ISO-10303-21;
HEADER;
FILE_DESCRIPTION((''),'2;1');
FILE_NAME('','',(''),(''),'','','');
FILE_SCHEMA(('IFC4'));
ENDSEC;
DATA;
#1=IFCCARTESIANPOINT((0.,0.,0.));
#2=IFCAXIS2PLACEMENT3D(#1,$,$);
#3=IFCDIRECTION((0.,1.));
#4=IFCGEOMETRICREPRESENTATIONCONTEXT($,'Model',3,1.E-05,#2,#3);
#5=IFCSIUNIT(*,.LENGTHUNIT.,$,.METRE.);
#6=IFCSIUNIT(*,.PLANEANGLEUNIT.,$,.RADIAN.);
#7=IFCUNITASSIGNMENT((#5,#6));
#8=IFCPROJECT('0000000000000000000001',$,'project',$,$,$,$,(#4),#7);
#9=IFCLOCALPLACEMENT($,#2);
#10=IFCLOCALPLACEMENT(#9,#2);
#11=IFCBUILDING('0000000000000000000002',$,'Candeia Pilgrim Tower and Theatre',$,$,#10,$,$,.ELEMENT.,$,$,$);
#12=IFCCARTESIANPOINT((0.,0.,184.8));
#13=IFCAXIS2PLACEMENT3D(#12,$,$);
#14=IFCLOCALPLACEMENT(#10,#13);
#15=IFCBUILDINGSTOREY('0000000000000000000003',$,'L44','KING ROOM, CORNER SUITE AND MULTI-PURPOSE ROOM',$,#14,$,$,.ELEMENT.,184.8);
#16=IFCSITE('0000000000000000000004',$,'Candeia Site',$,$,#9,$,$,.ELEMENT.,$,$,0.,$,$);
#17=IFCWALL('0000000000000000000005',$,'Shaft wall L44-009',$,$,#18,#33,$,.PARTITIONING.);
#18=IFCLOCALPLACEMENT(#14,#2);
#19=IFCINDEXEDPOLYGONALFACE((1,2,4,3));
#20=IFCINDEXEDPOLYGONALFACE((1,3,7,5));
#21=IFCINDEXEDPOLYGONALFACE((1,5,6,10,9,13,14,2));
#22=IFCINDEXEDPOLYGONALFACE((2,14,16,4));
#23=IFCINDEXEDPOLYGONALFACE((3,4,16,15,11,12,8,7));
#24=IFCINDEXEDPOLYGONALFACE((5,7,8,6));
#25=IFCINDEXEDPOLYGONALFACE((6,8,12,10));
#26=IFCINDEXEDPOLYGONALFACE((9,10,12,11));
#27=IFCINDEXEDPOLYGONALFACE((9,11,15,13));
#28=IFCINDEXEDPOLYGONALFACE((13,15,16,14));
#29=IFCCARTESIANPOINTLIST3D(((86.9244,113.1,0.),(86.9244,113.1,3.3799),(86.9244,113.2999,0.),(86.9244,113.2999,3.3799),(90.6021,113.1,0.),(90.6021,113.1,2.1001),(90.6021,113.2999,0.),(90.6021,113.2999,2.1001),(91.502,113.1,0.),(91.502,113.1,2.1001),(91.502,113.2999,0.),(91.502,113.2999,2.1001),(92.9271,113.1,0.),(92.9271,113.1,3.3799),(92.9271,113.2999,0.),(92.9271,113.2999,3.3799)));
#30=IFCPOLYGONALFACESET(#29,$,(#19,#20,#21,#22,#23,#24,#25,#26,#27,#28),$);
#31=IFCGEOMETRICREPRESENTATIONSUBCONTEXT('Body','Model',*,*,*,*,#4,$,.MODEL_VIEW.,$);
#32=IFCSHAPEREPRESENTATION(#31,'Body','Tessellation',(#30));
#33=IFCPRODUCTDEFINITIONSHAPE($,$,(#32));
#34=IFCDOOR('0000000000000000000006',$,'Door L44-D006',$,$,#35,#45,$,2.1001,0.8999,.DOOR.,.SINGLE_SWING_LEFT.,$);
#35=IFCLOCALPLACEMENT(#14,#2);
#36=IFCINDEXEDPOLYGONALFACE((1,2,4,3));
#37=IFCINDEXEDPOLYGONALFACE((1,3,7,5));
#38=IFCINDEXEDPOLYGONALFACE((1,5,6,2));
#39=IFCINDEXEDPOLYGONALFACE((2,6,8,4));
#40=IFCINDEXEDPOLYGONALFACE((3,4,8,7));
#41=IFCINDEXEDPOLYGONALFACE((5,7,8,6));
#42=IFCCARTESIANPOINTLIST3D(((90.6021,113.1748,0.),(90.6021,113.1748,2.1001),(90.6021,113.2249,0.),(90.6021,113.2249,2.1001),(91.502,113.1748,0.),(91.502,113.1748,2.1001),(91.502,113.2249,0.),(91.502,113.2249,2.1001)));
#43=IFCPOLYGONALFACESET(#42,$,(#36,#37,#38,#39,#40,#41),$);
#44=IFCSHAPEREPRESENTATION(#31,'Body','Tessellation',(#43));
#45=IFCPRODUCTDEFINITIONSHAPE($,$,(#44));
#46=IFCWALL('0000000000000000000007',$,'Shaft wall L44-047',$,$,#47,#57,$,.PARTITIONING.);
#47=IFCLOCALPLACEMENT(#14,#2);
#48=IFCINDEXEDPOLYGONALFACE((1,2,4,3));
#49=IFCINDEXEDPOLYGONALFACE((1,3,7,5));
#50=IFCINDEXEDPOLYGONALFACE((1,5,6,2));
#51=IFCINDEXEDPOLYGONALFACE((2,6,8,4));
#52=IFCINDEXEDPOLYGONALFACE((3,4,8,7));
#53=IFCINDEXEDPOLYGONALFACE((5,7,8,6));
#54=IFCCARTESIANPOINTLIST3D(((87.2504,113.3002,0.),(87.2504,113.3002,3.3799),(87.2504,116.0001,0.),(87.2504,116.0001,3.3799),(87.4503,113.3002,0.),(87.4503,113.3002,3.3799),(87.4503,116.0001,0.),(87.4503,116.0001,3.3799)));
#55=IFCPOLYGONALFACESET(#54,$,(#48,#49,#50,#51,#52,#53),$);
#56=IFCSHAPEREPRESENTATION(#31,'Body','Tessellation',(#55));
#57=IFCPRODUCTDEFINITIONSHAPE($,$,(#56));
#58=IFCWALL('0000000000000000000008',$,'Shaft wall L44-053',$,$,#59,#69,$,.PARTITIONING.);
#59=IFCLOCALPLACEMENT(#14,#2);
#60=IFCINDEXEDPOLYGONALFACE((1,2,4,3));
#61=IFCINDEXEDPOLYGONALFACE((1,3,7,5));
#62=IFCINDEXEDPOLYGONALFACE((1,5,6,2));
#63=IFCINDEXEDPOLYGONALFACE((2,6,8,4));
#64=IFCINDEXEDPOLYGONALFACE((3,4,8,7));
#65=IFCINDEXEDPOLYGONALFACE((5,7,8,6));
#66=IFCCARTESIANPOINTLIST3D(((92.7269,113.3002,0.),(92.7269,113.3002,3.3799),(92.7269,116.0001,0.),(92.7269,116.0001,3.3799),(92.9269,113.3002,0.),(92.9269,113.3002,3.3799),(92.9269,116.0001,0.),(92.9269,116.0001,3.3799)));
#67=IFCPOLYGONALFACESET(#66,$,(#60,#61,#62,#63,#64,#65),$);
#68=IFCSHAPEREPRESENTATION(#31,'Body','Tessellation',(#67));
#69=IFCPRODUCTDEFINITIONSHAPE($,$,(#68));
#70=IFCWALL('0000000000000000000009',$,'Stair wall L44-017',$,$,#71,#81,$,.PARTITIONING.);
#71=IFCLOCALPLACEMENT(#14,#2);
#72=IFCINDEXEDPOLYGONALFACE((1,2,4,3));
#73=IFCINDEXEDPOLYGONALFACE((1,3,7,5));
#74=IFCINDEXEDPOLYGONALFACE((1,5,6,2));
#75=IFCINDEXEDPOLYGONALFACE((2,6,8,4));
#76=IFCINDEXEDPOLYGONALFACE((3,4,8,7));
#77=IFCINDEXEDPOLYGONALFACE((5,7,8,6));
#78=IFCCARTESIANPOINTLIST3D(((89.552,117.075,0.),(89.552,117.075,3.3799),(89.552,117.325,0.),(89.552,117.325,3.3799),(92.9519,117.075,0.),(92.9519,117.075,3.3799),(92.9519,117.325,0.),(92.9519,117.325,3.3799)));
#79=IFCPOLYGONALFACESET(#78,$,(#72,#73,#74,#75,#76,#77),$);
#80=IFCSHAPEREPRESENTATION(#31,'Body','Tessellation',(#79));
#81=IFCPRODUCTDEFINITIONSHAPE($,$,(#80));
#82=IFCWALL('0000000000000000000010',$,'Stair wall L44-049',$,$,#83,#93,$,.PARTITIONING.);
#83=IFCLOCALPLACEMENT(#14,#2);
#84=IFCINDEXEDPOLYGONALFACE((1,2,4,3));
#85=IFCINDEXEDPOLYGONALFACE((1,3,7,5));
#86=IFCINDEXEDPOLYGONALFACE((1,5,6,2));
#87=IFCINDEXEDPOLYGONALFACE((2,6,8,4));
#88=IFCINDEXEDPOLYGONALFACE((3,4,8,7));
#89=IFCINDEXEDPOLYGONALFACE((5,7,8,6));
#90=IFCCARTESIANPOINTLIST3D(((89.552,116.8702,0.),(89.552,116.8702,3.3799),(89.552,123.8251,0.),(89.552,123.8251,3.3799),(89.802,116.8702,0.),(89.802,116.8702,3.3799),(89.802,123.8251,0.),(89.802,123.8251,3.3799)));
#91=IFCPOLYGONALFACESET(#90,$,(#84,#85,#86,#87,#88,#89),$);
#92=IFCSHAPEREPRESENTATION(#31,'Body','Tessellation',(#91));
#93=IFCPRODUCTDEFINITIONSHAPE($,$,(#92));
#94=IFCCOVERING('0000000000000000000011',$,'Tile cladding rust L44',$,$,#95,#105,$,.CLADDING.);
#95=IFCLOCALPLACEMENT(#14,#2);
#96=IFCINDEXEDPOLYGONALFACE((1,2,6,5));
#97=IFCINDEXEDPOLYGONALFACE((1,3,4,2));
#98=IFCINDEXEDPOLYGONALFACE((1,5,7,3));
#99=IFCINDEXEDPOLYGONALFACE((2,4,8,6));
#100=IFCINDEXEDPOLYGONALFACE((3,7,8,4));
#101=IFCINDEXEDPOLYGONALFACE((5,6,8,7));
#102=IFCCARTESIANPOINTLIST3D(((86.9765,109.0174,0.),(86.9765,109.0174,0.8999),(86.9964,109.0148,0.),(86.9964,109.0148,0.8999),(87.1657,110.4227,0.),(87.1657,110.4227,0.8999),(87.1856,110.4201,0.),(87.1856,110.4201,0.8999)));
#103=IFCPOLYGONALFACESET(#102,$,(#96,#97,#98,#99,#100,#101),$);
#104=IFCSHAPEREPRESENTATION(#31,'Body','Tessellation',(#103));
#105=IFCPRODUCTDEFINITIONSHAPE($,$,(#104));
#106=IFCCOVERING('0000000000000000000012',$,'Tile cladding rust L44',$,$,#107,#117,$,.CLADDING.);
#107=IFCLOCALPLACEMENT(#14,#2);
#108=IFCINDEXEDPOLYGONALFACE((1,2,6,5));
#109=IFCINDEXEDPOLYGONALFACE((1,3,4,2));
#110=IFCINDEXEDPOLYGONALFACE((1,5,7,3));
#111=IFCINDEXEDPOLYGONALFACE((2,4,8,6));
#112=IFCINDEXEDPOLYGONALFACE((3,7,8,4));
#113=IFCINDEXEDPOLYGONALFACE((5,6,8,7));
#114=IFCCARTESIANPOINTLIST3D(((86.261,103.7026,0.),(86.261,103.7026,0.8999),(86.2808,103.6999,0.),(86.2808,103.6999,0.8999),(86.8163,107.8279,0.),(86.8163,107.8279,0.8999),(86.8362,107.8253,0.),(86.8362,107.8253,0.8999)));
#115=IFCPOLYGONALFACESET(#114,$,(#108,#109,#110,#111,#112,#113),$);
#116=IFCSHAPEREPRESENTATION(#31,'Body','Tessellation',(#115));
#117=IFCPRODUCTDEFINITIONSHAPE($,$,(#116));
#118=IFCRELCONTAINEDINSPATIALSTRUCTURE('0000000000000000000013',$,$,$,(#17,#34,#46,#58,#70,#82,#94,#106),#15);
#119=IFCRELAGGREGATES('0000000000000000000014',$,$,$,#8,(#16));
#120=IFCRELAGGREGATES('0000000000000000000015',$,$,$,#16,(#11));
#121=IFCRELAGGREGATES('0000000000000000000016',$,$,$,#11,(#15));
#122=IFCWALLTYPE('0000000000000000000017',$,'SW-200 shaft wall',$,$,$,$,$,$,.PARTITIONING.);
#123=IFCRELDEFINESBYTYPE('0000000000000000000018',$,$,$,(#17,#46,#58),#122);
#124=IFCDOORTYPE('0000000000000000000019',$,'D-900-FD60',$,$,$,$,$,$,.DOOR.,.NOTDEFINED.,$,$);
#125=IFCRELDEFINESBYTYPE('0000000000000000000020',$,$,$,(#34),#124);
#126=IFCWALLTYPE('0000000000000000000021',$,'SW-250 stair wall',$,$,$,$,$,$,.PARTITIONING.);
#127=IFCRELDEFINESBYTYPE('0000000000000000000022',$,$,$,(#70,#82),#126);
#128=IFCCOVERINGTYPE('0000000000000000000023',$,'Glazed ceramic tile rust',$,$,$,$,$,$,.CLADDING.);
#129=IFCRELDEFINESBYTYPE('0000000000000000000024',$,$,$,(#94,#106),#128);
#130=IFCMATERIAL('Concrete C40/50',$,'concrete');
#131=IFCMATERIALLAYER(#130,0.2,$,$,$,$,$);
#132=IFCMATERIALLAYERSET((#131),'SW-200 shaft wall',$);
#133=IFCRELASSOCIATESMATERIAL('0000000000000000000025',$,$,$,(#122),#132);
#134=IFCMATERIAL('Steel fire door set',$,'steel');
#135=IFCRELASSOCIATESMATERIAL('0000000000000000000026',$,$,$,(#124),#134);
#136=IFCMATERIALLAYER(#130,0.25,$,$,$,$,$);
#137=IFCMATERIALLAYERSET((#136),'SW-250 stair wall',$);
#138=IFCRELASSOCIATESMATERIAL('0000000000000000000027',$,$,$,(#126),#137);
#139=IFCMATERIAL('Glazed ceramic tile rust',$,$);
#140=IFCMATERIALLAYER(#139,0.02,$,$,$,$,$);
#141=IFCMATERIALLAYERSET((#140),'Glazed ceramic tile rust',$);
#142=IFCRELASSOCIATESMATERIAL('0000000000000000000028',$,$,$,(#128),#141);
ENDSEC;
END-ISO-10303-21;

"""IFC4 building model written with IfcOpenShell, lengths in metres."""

from ifc_helpers import new_model, si_unit, direction, frame, frame_2d, origin, origin_2d, place, context, subcontext, project, spatial, rectangle, extrude, material, layer, layer_set, type_object, element, fill, save


model = new_model("IFC4")

# Units and contexts
model_context = context("Model", 3, precision=1e-05, world=origin(), true_north=direction((0.0, 1.0)))
body_context = subcontext(model_context, "Body", "Model", "MODEL_VIEW")
ifc_project = project(units=[si_unit("LENGTHUNIT", "METRE"), si_unit("PLANEANGLEUNIT", "RADIAN")], contexts=[model_context])

# Site, building, storey
site_placement = place(None, origin())
site = spatial("IfcSite", under=ifc_project, at=site_placement, Name="Candeia Site", CompositionType="ELEMENT", RefElevation=0.0)
building_placement = place(site_placement, origin())
building = spatial("IfcBuilding", under=site, at=building_placement, Name="Candeia Pilgrim Tower and Theatre", CompositionType="ELEMENT")
storey_placement = place(building_placement, frame((0.0, 0.0, 184.8)))
storey = spatial("IfcBuildingStorey", under=building, at=storey_placement, Name="L44", Description="KING ROOM, CORNER SUITE AND MULTI-PURPOSE ROOM", CompositionType="ELEMENT", Elevation=184.8)

# Shared definitions
ifc_material_1 = material(Name="Steel fire door set", Category="steel")

# Wall, opening, door
ifc_material_2 = material(Name="Concrete C40/50", Category="concrete")
ifc_layer_1 = layer(ifc_material_2, 0.2)
ifc_layer_set_1 = layer_set([ifc_layer_1], Name="SW-200 shaft wall")
wall_type_1 = type_object("IfcWallType", Name="SW-200 shaft wall", PredefinedType="PARTITIONING", material=ifc_layer_set_1)
wall_1_placement = place(storey_placement, frame((86.9243, 113.2, 0.0), z_axis=(0.0, 0.0, 1.0), x_axis=(1.0, 0.0, 0.0)))
wall_1 = element("IfcWall", 1, at=wall_1_placement, inside=storey, type_object=wall_type_1, Name="Shaft wall L44-009", PredefinedType="PARTITIONING", context=body_context, shape_type="SweptSolid", body=[
    extrude(rectangle(XDim=6.0027, YDim=0.2, at=frame_2d((3.0015, 0.0))), origin(), (0.0, 0.0, 1.0), 3.3799),
])
opening_1_placement = place(wall_1_placement, frame((3.6777, 0.0, 0.0)))
opening_1 = element("IfcOpeningElement", 2, at=opening_1_placement, cuts=wall_1, PredefinedType="OPENING", context=body_context, shape_type="SweptSolid", body=[
    extrude(rectangle(XDim=0.8999, YDim=2.1001, at=frame_2d((0.45, 1.05))), frame((0.0, 0.1099, 0.0), z_axis=(0.0, -1.0, 0.0), x_axis=(1.0, 0.0, 0.0)), (0.0, 0.0, 1.0), 0.22),
])
door_type_1 = type_object("IfcDoorType", Name="D-900-FD60", OperationType="NOTDEFINED", PredefinedType="DOOR", material=ifc_material_1)
door_1_placement = place(opening_1_placement, origin())
door_1 = element("IfcDoor", 3, at=door_1_placement, inside=storey, type_object=door_type_1, Name="Door L44-D006", OperationType="SINGLE_SWING_LEFT", OverallHeight=2.1001, OverallWidth=0.8999, PredefinedType="DOOR", context=body_context, shape_type="SweptSolid", body=[
    extrude(rectangle(XDim=0.8999, YDim=2.1001, at=frame_2d((0.45, 1.05))), frame((0.0, 0.0249, 0.0), z_axis=(0.0, -1.0, 0.0), x_axis=(1.0, 0.0, 0.0)), (0.0, 0.0, 1.0), 0.05),
])
fill(opening_1, door_1)

# Walls
for number, where, z_axis, x_axis, name in (
    (4, (87.3503, 113.3, 0.0), (0.0, 0.0, 1.0), (0.0, 1.0, 0.0), "Shaft wall L44-047"),
    (5, (92.8269, 113.3, 0.0), (0.0, 0.0, 1.0), (0.0, 1.0, 0.0), "Shaft wall L44-053"),
):
    element("IfcWall", number, at=place(storey_placement, frame(where, z_axis=z_axis, x_axis=x_axis)), inside=storey, type_object=wall_type_1, Name=name, PredefinedType="PARTITIONING", context=body_context, shape_type="SweptSolid", body=[
        extrude(rectangle(XDim=2.7, YDim=0.2, at=frame_2d((1.3501, 0.0))), origin(), (0.0, 0.0, 1.0), 3.3799),
    ])
ifc_layer_2 = layer(ifc_material_2, 0.25)
ifc_layer_set_2 = layer_set([ifc_layer_2], Name="SW-250 stair wall")
wall_type_2 = type_object("IfcWallType", Name="SW-250 stair wall", PredefinedType="PARTITIONING", material=ifc_layer_set_2)
wall_2_placement = place(storey_placement, frame((89.552, 117.2, 0.0), z_axis=(0.0, 0.0, 1.0), x_axis=(1.0, 0.0, 0.0)))
element("IfcWall", 6, at=wall_2_placement, inside=storey, type_object=wall_type_2, Name="Stair wall L44-017", PredefinedType="PARTITIONING", context=body_context, shape_type="SweptSolid", body=[
    extrude(rectangle(XDim=3.3999, YDim=0.25, at=frame_2d((1.7, 0.0))), origin(), (0.0, 0.0, 1.0), 3.3799),
])
wall_3_placement = place(storey_placement, frame((89.677, 116.8701, 0.0), z_axis=(0.0, 0.0, 1.0), x_axis=(0.0, 1.0, 0.0)))
element("IfcWall", 7, at=wall_3_placement, inside=storey, type_object=wall_type_2, Name="Stair wall L44-049", PredefinedType="PARTITIONING", context=body_context, shape_type="SweptSolid", body=[
    extrude(rectangle(XDim=6.9548, YDim=0.25, at=frame_2d((3.4775, 0.0))), origin(), (0.0, 0.0, 1.0), 3.3799),
])

# Coverings
ifc_material_3 = material(Name="Glazed ceramic tile rust")
ifc_layer_3 = layer(ifc_material_3, 0.02)
ifc_layer_set_3 = layer_set([ifc_layer_3], Name="Glazed ceramic tile rust")
covering_type = type_object("IfcCoveringType", Name="Glazed ceramic tile rust", PredefinedType="CLADDING", material=ifc_layer_set_3)
covering_1_placement = place(storey_placement, frame((87.0811, 109.7188, 0.0), z_axis=(0.0, 0.0, 1.0), x_axis=(-0.133412, -0.991061, 0.0)))
element("IfcCovering", 8, at=covering_1_placement, inside=storey, type_object=covering_type, Name="Tile cladding rust L44", PredefinedType="CLADDING", context=body_context, shape_type="SweptSolid", body=[
    extrude(rectangle(XDim=1.418, YDim=0.02, at=origin_2d()), origin(), (0.0, 0.0, 1.0), 0.8999),
])
covering_2_placement = place(storey_placement, frame((86.5486, 105.7639, 0.0), z_axis=(0.0, 0.0, 1.0), x_axis=(-0.133412, -0.991061, 0.0)))
element("IfcCovering", 9, at=covering_2_placement, inside=storey, type_object=covering_type, Name="Tile cladding rust L44", PredefinedType="CLADDING", context=body_context, shape_type="SweptSolid", body=[
    extrude(rectangle(XDim=4.1626, YDim=0.02, at=origin_2d()), origin(), (0.0, 0.0, 1.0), 0.8999),
])

save(model, "model.ifc")
